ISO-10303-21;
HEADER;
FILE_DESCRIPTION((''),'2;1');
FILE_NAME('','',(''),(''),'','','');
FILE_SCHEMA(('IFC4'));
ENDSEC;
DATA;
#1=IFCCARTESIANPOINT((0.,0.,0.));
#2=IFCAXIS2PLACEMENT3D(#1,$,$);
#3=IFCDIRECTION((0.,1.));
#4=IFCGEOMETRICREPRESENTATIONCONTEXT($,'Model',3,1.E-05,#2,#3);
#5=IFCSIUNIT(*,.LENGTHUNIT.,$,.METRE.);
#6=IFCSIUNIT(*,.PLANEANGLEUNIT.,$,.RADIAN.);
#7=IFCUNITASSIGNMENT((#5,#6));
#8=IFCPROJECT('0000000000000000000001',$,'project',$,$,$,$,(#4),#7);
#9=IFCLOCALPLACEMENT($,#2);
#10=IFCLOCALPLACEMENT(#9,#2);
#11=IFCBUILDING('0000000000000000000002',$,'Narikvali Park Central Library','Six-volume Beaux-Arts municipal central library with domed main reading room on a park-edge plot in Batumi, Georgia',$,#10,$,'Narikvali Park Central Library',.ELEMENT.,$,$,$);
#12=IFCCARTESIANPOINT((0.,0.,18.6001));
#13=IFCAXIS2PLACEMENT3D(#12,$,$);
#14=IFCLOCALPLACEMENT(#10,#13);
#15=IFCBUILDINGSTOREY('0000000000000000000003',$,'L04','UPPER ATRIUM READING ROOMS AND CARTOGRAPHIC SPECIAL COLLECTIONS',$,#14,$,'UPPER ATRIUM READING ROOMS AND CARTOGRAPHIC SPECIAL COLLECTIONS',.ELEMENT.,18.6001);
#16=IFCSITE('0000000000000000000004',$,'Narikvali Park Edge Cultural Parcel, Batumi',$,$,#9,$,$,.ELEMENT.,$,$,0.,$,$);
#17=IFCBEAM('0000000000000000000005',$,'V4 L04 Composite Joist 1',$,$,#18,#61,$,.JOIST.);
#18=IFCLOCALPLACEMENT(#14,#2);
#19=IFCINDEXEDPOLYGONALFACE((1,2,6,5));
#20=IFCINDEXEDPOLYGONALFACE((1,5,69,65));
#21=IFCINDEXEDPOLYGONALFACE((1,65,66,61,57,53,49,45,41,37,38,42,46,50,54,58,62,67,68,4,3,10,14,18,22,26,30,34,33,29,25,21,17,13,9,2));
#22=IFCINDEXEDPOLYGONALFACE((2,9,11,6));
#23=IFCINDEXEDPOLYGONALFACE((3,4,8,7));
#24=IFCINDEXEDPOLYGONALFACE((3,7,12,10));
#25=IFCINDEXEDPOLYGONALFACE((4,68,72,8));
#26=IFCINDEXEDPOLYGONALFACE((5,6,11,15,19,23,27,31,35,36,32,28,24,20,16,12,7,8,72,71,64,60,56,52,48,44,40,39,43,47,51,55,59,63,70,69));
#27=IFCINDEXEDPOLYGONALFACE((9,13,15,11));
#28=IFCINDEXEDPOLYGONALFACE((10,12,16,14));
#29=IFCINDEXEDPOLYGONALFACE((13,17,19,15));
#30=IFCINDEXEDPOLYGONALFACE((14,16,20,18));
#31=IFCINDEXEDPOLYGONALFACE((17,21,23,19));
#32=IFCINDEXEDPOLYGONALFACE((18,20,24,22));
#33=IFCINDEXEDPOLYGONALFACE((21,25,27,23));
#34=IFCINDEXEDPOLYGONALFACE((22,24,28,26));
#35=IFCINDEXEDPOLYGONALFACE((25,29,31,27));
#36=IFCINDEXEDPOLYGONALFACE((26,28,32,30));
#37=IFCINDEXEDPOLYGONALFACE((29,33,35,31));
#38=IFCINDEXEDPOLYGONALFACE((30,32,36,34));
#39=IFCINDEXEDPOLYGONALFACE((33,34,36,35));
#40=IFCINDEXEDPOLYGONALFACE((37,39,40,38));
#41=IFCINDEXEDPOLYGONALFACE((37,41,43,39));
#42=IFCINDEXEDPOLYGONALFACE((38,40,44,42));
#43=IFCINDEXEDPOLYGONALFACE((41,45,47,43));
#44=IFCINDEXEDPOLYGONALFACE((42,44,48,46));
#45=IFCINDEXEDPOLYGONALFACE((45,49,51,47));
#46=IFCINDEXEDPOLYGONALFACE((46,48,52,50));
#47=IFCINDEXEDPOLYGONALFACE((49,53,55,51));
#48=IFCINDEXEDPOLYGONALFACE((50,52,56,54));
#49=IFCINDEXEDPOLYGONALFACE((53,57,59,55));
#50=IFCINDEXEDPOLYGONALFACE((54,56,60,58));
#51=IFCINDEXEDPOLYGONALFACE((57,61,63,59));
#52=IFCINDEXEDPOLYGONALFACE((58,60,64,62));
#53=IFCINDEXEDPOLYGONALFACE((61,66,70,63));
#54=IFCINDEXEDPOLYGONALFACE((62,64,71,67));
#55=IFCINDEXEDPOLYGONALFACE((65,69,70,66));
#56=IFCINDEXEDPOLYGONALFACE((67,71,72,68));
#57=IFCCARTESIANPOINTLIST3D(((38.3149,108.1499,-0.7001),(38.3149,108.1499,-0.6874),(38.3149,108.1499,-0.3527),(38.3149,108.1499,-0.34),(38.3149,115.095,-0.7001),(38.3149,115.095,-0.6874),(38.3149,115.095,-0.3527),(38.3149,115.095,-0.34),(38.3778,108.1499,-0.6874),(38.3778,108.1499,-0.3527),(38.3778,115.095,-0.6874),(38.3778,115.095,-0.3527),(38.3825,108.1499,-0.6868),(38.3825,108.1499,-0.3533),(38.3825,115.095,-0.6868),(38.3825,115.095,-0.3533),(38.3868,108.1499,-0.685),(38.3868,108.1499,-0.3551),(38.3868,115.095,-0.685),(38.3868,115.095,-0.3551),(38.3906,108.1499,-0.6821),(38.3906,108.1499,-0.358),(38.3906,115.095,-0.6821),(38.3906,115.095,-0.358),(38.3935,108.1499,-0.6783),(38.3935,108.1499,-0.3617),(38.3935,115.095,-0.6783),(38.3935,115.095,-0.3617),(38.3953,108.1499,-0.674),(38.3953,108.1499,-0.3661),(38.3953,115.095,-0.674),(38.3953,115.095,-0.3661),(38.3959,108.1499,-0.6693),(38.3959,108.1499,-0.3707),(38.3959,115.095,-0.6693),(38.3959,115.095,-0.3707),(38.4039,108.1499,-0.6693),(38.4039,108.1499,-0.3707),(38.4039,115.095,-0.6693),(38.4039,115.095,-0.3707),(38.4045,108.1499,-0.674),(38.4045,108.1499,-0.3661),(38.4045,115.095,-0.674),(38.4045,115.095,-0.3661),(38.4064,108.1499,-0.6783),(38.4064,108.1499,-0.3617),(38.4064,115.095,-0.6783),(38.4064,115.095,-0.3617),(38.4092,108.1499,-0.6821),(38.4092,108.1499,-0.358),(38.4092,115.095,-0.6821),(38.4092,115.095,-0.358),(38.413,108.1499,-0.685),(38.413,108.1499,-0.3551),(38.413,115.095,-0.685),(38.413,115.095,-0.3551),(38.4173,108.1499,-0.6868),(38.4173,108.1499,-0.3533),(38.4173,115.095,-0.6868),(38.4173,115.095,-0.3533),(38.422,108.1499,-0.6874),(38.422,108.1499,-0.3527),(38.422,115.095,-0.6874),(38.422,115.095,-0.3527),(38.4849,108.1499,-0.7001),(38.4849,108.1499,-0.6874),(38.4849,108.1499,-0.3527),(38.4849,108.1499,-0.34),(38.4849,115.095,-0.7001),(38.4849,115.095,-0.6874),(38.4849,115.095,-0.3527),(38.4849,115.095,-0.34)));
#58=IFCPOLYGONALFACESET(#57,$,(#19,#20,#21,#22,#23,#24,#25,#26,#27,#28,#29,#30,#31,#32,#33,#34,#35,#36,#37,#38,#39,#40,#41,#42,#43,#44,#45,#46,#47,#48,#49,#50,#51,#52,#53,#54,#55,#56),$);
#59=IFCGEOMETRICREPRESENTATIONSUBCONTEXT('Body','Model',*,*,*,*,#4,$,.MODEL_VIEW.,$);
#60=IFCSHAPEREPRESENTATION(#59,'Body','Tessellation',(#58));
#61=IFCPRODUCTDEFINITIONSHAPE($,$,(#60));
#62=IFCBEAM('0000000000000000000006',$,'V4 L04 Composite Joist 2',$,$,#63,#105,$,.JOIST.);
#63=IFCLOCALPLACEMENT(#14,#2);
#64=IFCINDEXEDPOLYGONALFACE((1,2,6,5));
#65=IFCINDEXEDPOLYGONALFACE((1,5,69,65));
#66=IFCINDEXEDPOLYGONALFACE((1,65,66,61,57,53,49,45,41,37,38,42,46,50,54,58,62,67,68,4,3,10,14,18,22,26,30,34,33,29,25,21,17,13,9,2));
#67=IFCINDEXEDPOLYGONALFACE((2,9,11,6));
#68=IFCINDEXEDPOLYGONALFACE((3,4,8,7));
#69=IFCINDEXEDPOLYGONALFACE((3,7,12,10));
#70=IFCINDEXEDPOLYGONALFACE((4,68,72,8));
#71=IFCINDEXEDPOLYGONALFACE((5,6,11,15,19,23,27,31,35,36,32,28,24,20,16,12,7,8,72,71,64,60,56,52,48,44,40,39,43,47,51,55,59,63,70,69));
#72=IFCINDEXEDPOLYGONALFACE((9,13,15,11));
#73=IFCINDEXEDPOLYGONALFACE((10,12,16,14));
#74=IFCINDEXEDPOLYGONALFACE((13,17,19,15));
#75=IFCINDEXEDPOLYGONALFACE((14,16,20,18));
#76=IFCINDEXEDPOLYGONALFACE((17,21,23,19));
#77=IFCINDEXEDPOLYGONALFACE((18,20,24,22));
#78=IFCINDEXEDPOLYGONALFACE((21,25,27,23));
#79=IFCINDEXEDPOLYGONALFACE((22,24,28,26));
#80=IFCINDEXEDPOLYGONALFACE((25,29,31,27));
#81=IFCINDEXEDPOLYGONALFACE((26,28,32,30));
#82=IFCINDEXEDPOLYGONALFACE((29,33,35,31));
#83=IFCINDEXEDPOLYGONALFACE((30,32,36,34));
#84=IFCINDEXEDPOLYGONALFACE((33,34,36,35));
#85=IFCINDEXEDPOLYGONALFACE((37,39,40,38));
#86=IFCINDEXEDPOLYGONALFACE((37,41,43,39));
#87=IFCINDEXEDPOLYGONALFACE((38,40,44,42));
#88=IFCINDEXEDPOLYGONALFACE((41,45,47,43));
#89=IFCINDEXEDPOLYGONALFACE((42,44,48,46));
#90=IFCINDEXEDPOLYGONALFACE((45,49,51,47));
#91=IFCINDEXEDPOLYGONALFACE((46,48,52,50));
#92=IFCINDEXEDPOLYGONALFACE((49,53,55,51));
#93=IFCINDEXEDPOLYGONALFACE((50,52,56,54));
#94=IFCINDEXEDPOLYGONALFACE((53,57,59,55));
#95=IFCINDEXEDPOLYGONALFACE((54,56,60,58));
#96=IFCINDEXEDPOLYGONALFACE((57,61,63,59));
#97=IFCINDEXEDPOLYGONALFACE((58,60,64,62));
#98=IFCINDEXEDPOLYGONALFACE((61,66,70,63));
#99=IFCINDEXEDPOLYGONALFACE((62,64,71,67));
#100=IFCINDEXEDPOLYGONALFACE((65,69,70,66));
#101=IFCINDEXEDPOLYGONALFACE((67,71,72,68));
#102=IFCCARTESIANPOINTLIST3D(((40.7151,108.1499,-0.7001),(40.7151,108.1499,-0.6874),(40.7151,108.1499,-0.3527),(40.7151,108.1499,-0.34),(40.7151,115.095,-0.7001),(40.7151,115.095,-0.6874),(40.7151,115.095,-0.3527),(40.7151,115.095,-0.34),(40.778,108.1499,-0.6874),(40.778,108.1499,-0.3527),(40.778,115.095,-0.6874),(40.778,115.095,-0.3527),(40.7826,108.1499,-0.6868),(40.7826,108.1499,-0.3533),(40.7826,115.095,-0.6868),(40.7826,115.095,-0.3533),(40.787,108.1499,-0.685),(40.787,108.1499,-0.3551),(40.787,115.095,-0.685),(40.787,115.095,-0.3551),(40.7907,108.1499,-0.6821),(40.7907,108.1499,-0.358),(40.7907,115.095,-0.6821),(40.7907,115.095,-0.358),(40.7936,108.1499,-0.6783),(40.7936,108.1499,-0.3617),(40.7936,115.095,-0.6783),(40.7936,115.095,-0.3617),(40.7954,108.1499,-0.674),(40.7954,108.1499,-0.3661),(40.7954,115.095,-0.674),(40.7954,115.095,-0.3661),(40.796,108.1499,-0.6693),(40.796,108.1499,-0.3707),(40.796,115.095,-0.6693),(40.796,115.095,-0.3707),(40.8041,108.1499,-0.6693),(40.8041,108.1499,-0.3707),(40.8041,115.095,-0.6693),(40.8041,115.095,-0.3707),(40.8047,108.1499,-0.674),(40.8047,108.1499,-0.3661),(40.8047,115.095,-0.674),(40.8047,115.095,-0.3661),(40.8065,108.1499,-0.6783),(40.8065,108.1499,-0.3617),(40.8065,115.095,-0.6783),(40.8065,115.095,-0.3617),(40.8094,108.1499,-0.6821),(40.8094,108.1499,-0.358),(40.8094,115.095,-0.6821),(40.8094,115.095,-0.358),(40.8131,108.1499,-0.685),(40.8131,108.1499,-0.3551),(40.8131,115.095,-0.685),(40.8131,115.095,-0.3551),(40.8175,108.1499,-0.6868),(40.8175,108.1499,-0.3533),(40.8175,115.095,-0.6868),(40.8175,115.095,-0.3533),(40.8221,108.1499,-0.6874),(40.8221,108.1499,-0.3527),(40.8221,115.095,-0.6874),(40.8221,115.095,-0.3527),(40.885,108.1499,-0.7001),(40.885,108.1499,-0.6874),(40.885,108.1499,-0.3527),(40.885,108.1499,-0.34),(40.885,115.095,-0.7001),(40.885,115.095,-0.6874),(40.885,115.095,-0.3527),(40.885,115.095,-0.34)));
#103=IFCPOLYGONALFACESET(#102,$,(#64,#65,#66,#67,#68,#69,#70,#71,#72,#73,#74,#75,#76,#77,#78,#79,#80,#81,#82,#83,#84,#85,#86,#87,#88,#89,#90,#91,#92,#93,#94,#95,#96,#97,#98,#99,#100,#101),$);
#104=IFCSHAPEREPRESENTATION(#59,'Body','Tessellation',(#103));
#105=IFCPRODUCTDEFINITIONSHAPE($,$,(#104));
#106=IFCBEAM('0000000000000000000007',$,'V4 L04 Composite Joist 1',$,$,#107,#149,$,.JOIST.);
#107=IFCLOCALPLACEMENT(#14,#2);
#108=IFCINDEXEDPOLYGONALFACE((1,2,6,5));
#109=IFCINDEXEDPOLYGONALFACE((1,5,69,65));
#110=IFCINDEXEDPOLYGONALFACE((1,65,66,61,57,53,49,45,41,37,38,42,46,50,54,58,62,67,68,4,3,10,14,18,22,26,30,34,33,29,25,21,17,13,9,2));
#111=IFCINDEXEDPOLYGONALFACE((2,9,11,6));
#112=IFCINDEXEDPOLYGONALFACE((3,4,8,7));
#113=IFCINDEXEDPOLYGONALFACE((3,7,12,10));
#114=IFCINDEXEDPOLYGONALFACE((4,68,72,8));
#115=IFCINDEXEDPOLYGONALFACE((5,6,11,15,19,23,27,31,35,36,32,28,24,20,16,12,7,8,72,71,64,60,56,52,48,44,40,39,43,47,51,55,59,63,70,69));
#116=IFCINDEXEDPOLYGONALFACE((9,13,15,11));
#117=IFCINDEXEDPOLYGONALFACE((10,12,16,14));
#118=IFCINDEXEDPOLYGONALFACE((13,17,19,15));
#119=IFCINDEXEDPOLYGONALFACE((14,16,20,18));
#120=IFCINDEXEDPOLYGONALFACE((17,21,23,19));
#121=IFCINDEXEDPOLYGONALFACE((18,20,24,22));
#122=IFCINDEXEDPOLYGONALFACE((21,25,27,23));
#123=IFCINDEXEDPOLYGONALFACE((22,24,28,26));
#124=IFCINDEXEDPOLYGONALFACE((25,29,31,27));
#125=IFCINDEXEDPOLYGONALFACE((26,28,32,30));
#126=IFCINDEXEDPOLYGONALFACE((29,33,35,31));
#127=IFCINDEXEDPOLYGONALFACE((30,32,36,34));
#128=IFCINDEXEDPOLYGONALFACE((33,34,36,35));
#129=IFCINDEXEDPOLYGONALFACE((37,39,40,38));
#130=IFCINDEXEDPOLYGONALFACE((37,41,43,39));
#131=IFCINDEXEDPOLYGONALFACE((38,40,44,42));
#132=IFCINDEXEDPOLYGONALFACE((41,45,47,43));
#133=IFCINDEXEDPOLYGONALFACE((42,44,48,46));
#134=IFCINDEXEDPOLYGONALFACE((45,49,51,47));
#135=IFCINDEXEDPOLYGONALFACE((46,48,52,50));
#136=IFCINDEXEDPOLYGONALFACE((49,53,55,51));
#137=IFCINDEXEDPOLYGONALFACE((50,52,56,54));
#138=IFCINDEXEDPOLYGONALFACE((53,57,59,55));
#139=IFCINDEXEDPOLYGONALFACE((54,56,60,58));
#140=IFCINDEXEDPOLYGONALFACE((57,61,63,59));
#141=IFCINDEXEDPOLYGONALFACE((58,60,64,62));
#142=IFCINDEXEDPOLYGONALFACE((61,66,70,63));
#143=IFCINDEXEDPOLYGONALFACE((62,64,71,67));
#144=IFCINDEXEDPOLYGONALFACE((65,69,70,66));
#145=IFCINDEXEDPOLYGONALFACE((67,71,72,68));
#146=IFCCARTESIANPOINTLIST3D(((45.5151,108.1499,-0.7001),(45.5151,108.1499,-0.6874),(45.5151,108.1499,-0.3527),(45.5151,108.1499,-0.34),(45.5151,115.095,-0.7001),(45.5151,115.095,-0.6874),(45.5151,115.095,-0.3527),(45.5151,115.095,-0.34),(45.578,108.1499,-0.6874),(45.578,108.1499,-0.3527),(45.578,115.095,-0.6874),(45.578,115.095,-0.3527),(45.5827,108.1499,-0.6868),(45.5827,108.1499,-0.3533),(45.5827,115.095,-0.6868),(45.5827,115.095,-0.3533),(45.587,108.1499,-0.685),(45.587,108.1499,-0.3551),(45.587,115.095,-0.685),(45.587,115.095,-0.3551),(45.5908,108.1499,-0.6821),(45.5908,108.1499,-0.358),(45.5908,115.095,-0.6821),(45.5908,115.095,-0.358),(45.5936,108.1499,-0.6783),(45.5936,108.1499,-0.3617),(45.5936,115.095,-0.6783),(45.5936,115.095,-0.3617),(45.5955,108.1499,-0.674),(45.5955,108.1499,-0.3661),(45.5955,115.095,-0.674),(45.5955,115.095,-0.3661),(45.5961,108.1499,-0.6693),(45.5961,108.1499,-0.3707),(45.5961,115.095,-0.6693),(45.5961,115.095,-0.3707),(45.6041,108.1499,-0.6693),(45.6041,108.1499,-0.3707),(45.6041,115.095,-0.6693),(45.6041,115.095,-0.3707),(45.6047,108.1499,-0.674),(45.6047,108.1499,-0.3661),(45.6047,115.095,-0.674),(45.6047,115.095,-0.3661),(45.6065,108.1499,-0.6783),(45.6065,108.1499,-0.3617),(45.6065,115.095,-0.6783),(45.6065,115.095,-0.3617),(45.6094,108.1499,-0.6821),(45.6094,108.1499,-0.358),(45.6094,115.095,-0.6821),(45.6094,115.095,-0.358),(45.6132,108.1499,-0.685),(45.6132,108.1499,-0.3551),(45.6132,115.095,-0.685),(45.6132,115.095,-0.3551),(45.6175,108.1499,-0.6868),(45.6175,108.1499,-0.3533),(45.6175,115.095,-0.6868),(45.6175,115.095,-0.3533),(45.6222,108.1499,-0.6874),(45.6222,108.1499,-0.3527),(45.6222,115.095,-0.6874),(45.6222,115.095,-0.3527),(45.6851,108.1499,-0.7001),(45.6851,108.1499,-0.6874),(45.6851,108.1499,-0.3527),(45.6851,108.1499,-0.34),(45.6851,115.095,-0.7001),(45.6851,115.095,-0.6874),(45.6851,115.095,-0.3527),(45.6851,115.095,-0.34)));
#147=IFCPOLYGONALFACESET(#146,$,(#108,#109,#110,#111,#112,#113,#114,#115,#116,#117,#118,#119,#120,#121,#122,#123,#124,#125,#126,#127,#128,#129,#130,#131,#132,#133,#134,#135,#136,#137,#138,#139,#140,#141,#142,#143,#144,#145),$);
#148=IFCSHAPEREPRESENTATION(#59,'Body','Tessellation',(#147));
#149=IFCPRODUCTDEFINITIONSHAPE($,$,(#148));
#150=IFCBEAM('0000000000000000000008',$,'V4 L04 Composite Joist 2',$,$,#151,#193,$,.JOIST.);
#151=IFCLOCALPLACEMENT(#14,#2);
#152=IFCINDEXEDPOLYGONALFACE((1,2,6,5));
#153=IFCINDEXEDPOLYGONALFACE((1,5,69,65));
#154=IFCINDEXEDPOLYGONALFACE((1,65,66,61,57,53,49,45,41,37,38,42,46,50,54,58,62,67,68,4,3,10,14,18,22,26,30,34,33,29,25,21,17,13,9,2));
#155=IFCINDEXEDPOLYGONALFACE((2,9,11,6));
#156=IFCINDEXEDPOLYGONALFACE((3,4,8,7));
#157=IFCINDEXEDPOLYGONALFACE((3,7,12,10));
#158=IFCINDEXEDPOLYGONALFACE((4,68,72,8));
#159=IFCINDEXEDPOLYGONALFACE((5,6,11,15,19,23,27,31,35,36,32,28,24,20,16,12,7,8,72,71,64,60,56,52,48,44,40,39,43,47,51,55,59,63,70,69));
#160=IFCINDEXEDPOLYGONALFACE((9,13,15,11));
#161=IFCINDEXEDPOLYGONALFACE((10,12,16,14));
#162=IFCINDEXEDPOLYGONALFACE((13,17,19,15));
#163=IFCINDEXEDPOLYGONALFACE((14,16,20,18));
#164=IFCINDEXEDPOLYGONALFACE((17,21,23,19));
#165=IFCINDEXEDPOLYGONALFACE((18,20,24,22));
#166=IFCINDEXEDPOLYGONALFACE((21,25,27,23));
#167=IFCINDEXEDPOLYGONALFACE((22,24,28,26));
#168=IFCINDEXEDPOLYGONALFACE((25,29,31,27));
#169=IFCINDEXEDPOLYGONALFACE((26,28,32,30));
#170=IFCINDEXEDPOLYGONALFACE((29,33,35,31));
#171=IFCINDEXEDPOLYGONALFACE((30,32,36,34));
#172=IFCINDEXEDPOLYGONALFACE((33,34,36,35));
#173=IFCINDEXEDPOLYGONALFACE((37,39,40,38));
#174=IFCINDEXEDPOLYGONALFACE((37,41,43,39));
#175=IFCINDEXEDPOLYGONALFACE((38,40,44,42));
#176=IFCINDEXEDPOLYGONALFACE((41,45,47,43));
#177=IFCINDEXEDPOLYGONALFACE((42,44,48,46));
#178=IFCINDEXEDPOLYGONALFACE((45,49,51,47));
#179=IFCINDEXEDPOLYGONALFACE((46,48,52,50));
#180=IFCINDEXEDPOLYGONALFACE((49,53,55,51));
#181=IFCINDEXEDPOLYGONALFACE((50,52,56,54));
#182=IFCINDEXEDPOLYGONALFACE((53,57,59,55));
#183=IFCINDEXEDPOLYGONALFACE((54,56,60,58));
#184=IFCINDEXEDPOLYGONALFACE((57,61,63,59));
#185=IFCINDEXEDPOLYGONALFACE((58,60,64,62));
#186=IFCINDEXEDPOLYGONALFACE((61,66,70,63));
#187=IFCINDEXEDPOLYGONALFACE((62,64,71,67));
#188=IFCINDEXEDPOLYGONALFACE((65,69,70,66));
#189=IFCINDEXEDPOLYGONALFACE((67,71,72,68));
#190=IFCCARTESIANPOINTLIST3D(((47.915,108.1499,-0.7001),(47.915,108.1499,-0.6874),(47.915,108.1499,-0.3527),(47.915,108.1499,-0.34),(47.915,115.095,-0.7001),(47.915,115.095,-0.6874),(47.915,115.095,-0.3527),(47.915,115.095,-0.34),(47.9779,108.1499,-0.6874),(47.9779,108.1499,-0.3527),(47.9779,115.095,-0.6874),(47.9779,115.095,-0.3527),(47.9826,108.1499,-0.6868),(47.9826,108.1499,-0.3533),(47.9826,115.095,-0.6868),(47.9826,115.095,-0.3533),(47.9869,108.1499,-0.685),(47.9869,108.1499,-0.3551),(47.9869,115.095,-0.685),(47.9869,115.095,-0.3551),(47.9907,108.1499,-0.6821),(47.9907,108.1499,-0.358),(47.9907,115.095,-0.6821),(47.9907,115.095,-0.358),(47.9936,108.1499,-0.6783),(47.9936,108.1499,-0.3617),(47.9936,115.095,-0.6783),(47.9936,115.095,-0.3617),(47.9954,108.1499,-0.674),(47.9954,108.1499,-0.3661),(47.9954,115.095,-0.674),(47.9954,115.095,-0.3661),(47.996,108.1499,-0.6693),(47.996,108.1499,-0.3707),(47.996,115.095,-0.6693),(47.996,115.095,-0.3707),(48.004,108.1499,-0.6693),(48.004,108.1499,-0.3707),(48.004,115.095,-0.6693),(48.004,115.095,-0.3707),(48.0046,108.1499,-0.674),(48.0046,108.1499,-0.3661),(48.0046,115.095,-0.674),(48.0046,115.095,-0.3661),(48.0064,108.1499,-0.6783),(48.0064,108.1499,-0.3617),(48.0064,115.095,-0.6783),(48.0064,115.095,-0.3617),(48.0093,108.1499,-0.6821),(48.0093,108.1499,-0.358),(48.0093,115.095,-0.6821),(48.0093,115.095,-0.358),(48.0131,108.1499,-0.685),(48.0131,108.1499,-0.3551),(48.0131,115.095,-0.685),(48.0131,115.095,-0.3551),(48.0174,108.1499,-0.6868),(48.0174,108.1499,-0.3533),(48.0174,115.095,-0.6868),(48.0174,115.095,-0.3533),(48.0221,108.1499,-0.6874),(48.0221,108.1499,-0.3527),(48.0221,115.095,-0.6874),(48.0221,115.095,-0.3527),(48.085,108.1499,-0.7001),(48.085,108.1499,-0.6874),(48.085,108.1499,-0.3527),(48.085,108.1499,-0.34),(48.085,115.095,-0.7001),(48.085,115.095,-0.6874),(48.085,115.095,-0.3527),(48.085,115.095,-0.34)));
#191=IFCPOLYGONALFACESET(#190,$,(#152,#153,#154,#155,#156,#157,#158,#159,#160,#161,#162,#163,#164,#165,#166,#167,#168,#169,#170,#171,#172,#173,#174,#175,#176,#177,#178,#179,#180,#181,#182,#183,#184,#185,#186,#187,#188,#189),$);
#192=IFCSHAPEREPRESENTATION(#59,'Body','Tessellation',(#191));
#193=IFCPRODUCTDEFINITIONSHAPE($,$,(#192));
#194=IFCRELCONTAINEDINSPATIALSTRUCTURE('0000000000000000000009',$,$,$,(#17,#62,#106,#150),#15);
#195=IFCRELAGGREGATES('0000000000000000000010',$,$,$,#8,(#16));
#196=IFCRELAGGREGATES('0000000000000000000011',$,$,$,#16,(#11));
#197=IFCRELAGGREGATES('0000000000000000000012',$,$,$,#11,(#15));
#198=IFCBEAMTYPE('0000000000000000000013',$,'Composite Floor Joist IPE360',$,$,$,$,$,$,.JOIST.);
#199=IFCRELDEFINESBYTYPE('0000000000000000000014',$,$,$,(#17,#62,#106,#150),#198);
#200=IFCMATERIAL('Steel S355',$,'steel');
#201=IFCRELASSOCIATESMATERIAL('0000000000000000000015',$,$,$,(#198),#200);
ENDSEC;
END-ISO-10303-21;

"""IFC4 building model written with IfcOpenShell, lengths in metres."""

from ifc_helpers import new_model, si_unit, direction, frame, origin, origin_2d, place, context, subcontext, project, spatial, i_section, extrude, material, material_profile, profile_set, type_object, element, save


model = new_model("IFC4")

# Units and contexts
model_context = context("Model", 3, precision=1e-05, world=origin(), true_north=direction((0.0, 1.0)))
body_context = subcontext(model_context, "Body", "Model", "MODEL_VIEW")
ifc_project = project(units=[si_unit("LENGTHUNIT", "METRE"), si_unit("PLANEANGLEUNIT", "RADIAN")], contexts=[model_context])

# Site, building, storey
site_placement = place(None, origin())
site = spatial("IfcSite", under=ifc_project, at=site_placement, Name="Narikvali Park Edge Cultural Parcel, Batumi", CompositionType="ELEMENT", RefElevation=0.0)
building_placement = place(site_placement, origin())
building = spatial("IfcBuilding", under=site, at=building_placement, Name="Narikvali Park Central Library", Description="Six-volume Beaux-Arts municipal central library with domed main reading room on a park-edge plot in Batumi, Georgia", LongName="Narikvali Park Central Library", CompositionType="ELEMENT")
storey_placement = place(building_placement, frame((0.0, 0.0, 18.6001)))
storey = spatial("IfcBuildingStorey", under=building, at=storey_placement, Name="L04", Description="UPPER ATRIUM READING ROOMS AND CARTOGRAPHIC SPECIAL COLLECTIONS", LongName="UPPER ATRIUM READING ROOMS AND CARTOGRAPHIC SPECIAL COLLECTIONS", CompositionType="ELEMENT", Elevation=18.6001)

# Beams
ifc_material_1 = material(Name="Steel S355", Category="steel")
ifc_material_profile_1 = material_profile(ifc_material_1, i_section(OverallWidth=0.1699, OverallDepth=0.3601, WebThickness=0.0081, FlangeThickness=0.0127, FilletRadius=0.0181, at=origin_2d()), Name="IPE 360")
ifc_profile_set_1 = profile_set([ifc_material_profile_1], Name="Steel S355")
beam_type_1 = type_object("IfcBeamType", Name="Composite Floor Joist IPE360", PredefinedType="JOIST", material=ifc_profile_set_1)
for number, where, z_axis, x_axis, name in (
    (1, (38.3999, 108.1499, -0.52), (0.0, 1.0, 0.0), (-1.0, 0.0, 0.0), "V4 L04 Composite Joist 1"),
    (2, (40.8, 108.1499, -0.52), (0.0, 1.0, 0.0), (-1.0, 0.0, 0.0), "V4 L04 Composite Joist 2"),
    (3, (45.6001, 108.1499, -0.52), (0.0, 1.0, 0.0), (-1.0, 0.0, 0.0), "V4 L04 Composite Joist 1"),
    (4, (48.0, 108.1499, -0.52), (0.0, 1.0, 0.0), (-1.0, 0.0, 0.0), "V4 L04 Composite Joist 2"),
):
    element("IfcBeam", number, at=place(storey_placement, frame(where, z_axis=z_axis, x_axis=x_axis)), inside=storey, type_object=beam_type_1, Name=name, PredefinedType="JOIST", context=body_context, shape_type="SweptSolid", body=[
        extrude(i_section(OverallWidth=0.1699, OverallDepth=0.3601, WebThickness=0.0081, FlangeThickness=0.0127, FilletRadius=0.0181, at=origin_2d()), origin(), (0.0, 0.0, 1.0), 6.9451),
    ])

save(model, "model.ifc")
